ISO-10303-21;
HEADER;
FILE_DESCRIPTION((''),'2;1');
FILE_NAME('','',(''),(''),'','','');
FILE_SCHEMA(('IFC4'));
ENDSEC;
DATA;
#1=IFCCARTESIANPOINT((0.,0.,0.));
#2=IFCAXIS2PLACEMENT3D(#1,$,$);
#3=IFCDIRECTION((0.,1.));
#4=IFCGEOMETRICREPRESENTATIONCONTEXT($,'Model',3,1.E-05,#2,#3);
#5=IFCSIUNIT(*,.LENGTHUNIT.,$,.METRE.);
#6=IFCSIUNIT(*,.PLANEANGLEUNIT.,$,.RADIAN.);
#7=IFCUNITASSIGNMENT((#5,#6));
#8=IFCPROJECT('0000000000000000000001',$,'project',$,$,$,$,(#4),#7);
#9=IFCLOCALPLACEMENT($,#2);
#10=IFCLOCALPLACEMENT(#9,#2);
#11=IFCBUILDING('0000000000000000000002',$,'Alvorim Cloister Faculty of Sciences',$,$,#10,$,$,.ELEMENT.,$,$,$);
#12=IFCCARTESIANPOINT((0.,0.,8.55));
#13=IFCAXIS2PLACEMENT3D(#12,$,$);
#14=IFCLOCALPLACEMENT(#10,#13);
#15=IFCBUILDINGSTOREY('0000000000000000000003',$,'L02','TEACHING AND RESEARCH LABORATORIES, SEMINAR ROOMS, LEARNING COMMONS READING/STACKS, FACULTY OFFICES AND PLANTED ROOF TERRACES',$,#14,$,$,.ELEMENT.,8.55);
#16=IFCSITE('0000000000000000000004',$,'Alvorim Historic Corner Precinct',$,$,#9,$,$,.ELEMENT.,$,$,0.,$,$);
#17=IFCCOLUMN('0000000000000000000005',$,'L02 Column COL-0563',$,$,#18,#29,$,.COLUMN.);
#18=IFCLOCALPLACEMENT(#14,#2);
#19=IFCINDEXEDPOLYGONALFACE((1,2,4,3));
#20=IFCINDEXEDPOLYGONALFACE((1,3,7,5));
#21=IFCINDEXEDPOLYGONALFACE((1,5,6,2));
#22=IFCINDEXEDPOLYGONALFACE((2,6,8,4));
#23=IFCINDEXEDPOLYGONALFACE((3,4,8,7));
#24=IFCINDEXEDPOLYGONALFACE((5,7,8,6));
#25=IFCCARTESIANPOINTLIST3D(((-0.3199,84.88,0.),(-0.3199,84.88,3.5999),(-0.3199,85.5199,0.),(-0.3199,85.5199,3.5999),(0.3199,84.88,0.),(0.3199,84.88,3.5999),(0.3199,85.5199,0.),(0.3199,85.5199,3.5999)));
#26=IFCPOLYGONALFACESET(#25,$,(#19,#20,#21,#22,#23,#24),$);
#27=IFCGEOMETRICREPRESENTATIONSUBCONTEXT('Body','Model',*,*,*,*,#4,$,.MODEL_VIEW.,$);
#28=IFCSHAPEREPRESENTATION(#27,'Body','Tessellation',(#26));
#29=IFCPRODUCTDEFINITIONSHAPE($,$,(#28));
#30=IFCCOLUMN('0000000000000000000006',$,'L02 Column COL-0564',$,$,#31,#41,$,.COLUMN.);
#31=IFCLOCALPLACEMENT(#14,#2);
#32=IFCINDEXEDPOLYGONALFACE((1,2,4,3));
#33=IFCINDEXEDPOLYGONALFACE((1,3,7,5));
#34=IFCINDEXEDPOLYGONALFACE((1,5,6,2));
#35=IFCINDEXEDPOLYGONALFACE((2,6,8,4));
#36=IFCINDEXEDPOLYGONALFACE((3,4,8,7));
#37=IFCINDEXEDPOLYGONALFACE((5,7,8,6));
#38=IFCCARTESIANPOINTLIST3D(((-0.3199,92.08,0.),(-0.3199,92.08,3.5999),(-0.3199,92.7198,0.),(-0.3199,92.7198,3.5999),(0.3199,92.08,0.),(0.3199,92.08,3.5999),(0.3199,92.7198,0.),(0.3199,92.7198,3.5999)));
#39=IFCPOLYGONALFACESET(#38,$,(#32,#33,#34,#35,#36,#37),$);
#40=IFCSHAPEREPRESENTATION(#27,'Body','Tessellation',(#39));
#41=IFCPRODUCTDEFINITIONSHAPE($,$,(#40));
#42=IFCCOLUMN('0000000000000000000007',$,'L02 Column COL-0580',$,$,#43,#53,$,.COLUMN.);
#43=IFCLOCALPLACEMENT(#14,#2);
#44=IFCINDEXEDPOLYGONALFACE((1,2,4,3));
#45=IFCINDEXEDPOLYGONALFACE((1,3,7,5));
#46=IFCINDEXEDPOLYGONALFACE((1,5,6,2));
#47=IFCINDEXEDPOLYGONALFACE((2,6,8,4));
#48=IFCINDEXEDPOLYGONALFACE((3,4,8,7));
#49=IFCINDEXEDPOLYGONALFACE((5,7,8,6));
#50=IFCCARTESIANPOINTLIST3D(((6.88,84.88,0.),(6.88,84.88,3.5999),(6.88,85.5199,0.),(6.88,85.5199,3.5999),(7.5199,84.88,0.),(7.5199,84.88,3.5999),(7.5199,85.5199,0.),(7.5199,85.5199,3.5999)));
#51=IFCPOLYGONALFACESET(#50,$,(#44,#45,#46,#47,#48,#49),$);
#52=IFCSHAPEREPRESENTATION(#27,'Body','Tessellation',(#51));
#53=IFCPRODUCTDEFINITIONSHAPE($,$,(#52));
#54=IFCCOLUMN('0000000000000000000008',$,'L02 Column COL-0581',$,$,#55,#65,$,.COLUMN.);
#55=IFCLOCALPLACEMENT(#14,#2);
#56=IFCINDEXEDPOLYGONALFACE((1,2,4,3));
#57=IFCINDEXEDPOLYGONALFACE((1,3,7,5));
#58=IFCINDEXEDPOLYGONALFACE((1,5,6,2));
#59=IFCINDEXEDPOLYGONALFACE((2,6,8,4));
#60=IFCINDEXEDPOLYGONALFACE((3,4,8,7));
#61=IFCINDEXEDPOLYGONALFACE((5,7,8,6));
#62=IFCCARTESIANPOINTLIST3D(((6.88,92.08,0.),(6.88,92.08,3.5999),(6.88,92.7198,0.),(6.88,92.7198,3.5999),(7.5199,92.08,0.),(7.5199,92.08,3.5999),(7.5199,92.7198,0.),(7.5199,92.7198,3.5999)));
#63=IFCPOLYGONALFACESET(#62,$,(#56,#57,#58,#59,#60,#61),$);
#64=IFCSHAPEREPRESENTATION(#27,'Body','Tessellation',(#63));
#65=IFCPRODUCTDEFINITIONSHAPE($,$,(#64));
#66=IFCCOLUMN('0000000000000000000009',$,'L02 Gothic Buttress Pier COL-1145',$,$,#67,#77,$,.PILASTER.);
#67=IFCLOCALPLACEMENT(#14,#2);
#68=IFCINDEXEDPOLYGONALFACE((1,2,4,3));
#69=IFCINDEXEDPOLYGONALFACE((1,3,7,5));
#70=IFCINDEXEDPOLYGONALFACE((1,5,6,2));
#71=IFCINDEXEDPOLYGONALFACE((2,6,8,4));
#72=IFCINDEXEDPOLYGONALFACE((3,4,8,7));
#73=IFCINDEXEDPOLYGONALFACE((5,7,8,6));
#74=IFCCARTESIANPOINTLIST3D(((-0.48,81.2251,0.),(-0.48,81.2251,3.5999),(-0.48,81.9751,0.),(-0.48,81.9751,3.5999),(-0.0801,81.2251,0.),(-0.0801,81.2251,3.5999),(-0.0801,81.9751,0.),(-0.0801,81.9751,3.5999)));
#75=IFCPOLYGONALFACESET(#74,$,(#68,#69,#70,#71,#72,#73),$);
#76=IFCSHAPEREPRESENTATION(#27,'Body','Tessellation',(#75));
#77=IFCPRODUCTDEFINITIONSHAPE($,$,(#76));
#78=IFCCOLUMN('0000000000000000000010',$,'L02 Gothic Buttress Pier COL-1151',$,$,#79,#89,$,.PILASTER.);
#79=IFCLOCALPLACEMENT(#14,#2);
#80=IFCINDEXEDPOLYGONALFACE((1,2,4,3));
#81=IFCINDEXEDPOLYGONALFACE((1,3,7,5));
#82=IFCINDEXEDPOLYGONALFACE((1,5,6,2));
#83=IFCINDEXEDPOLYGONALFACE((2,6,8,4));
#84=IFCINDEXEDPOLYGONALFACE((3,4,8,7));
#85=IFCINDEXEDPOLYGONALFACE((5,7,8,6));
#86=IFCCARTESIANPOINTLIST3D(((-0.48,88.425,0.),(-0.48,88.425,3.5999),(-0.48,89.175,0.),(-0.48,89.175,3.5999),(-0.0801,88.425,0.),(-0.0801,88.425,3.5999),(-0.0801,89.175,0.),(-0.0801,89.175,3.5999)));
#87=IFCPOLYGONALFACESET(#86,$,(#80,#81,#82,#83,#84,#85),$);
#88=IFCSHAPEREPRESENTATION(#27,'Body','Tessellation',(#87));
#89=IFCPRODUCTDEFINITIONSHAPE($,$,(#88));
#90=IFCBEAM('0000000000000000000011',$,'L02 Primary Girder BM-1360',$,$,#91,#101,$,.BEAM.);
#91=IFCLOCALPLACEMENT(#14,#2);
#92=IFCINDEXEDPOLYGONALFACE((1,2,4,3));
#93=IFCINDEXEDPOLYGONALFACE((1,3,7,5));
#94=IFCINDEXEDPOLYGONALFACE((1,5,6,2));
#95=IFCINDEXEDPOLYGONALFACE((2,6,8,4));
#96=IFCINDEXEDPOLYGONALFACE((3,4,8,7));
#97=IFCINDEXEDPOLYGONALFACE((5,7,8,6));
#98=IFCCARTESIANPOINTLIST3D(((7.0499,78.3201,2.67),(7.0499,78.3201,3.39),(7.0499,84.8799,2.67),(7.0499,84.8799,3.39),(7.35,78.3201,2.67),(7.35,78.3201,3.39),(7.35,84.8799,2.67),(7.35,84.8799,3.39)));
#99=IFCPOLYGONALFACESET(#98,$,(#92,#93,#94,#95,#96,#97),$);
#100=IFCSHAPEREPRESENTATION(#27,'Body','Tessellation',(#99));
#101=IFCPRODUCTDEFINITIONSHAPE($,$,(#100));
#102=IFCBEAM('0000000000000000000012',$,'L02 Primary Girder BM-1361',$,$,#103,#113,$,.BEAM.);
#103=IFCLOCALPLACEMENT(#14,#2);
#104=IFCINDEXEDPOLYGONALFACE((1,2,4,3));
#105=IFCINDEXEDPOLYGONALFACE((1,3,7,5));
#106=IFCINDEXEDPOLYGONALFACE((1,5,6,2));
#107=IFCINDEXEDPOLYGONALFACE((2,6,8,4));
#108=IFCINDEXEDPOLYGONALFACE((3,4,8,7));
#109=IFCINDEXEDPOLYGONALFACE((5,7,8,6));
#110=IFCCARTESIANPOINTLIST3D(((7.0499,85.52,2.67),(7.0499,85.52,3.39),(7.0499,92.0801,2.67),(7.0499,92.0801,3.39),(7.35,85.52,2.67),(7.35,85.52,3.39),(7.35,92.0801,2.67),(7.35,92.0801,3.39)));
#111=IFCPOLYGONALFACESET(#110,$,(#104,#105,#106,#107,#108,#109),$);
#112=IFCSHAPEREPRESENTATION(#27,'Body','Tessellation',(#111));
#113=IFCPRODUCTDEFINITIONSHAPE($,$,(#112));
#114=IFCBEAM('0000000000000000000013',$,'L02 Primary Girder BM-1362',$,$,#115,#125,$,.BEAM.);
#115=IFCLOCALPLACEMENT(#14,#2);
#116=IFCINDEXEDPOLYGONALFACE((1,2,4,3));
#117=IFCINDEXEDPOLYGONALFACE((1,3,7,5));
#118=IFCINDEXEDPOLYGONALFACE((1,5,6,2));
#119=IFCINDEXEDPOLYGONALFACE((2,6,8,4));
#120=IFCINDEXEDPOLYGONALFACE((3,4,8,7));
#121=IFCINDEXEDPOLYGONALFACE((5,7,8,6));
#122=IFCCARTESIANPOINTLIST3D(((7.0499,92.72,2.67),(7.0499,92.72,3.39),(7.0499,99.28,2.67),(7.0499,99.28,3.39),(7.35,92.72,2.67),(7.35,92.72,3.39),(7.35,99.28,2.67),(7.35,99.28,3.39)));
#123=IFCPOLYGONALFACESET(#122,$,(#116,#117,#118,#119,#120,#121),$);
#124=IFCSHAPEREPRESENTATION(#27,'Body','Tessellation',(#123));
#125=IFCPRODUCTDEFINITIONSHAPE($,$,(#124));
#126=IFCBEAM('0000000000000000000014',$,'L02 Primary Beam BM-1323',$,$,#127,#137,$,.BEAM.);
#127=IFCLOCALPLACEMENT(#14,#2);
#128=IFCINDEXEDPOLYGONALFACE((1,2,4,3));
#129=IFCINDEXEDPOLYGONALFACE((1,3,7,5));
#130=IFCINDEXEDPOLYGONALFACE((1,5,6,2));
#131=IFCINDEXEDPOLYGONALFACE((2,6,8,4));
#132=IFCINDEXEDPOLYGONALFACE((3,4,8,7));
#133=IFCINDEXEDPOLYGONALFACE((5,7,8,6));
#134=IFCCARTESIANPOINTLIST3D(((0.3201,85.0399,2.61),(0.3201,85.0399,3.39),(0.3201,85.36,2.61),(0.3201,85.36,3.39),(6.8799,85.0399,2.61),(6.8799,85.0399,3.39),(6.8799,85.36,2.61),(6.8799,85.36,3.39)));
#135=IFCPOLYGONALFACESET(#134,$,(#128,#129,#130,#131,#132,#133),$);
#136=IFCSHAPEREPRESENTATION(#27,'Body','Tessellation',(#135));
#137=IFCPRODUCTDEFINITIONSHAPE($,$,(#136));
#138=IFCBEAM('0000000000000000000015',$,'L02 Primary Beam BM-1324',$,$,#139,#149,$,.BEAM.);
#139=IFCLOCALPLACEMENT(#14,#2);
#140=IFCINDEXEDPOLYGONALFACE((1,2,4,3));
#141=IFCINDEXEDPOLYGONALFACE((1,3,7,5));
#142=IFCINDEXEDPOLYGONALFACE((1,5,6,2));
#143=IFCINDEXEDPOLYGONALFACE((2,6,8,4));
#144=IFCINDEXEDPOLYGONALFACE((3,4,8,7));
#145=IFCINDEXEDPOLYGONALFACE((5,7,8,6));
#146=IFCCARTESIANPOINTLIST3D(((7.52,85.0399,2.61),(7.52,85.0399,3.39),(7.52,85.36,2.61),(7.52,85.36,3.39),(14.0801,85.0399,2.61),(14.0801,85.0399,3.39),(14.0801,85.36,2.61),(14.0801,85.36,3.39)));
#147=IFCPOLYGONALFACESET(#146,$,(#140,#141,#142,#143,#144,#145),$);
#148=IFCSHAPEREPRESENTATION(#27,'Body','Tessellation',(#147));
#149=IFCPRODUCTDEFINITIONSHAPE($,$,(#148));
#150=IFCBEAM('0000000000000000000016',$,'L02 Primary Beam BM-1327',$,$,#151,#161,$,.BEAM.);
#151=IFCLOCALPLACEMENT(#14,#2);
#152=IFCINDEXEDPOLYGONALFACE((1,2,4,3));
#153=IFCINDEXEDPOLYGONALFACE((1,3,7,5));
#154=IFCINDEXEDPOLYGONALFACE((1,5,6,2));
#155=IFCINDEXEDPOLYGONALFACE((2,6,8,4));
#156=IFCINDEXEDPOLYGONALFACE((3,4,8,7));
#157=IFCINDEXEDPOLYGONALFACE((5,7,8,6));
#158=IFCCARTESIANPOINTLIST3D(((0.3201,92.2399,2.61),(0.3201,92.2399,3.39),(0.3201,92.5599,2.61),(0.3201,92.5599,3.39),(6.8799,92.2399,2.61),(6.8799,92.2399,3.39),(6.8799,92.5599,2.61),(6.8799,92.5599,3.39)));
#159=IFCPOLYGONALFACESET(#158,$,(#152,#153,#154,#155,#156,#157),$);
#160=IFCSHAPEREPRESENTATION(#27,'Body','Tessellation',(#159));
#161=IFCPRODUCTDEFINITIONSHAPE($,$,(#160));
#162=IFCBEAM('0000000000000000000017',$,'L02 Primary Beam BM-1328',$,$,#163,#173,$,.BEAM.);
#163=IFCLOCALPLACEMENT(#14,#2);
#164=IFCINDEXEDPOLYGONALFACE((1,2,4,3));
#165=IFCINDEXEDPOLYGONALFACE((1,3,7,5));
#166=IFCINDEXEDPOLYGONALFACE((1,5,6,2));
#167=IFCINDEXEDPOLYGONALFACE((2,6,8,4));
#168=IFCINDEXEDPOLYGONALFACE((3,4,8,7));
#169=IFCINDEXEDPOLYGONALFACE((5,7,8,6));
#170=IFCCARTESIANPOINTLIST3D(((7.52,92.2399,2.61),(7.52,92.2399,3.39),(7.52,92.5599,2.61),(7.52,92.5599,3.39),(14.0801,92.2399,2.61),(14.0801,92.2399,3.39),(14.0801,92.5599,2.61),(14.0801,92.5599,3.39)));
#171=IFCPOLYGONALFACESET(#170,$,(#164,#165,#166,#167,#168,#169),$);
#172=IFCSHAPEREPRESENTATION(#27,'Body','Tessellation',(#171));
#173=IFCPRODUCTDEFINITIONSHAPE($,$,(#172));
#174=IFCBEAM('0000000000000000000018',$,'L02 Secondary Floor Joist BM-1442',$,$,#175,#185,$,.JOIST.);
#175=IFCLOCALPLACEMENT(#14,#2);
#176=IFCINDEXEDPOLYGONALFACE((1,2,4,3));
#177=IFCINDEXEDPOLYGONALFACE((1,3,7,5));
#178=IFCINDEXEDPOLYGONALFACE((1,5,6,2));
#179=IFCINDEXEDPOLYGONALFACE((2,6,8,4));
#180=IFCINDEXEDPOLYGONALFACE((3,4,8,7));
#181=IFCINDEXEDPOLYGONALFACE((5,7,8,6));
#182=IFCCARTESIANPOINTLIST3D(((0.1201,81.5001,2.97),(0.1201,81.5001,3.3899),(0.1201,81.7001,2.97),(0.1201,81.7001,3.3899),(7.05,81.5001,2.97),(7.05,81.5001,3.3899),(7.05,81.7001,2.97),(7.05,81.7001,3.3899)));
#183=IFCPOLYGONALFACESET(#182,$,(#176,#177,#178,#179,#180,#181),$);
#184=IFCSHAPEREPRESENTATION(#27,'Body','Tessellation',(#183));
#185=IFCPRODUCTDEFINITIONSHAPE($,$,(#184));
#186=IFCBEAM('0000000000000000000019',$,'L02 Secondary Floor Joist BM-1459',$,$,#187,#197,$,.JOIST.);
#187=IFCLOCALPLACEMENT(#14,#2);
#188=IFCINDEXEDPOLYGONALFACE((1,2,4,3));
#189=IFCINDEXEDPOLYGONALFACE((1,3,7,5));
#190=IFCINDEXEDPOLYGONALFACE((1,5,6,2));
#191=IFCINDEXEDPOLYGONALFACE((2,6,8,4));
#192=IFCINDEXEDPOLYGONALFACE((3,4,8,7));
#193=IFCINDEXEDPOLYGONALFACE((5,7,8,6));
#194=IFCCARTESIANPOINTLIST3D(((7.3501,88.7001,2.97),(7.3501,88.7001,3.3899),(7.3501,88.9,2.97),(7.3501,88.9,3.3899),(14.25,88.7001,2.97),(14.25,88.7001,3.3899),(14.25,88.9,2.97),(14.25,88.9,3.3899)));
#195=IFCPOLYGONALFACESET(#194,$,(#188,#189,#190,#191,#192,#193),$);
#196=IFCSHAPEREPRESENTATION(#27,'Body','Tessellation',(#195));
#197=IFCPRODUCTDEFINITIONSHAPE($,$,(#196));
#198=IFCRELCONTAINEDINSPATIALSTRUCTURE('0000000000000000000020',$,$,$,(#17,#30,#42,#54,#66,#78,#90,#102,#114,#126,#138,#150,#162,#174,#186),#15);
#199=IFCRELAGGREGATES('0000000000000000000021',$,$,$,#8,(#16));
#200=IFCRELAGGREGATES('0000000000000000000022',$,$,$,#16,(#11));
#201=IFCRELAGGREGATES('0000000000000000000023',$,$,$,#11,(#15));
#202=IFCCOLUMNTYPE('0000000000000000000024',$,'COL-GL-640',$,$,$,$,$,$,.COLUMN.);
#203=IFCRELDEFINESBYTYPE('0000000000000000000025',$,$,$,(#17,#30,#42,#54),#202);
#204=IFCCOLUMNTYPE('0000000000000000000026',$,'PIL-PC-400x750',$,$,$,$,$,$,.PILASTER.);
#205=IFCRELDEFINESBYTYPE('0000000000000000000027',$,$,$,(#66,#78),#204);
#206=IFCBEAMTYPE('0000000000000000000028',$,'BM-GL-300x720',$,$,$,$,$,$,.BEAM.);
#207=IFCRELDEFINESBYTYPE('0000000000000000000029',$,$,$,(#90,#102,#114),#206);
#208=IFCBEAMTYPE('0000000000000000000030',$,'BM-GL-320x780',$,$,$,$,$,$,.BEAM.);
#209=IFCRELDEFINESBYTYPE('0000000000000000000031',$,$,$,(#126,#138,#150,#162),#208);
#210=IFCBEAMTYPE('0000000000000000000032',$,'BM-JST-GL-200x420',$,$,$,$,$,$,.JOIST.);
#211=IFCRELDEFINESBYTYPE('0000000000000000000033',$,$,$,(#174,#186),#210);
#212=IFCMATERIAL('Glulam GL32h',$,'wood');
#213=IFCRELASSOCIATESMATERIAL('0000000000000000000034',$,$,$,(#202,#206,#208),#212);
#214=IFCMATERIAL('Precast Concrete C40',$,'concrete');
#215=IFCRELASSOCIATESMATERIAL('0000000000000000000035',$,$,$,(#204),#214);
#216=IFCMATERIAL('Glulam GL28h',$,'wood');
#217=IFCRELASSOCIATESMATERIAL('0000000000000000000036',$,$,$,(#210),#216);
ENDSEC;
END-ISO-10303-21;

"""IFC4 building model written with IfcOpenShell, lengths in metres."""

from ifc_helpers import new_model, si_unit, direction, frame, origin, origin_2d, place, context, subcontext, project, spatial, rectangle, extrude, material, material_profile, profile_set, type_object, element, save


model = new_model("IFC4")

# Units and contexts
model_context = context("Model", 3, precision=1e-05, world=origin(), true_north=direction((0.0, 1.0)))
body_context = subcontext(model_context, "Body", "Model", "MODEL_VIEW")
ifc_project = project(units=[si_unit("LENGTHUNIT", "METRE"), si_unit("PLANEANGLEUNIT", "RADIAN")], contexts=[model_context])

# Site, building, storey
site_placement = place(None, origin())
site = spatial("IfcSite", under=ifc_project, at=site_placement, Name="Alvorim Historic Corner Precinct", CompositionType="ELEMENT", RefElevation=0.0)
building_placement = place(site_placement, origin())
building = spatial("IfcBuilding", under=site, at=building_placement, Name="Alvorim Cloister Faculty of Sciences", CompositionType="ELEMENT")
storey_placement = place(building_placement, frame((0.0, 0.0, 8.55)))
storey = spatial("IfcBuildingStorey", under=building, at=storey_placement, Name="L02", Description="TEACHING AND RESEARCH LABORATORIES, SEMINAR ROOMS, LEARNING COMMONS READING/STACKS, FACULTY OFFICES AND PLANTED ROOF TERRACES", CompositionType="ELEMENT", Elevation=8.55)

# Columns
ifc_material_1 = material(Name="Glulam GL32h", Category="wood")
ifc_material_profile_1 = material_profile(ifc_material_1, rectangle(XDim=0.6399, YDim=0.6399, at=origin_2d()), Name="GL32-COL-640x640")
ifc_profile_set_1 = profile_set([ifc_material_profile_1], Name="Glulam GL32h")
column_type_1 = type_object("IfcColumnType", Name="COL-GL-640", PredefinedType="COLUMN", material=ifc_profile_set_1)
for number, where, z_axis, x_axis, name in (
    (1, (0.0, 85.2, 0.0), (0.0, 0.0, 1.0), (1.0, 0.0, 0.0), "L02 Column COL-0563"),
    (2, (0.0, 92.3999, 0.0), (0.0, 0.0, 1.0), (1.0, 0.0, 0.0), "L02 Column COL-0564"),
    (3, (7.2, 85.2, 0.0), (0.0, 0.0, 1.0), (1.0, 0.0, 0.0), "L02 Column COL-0580"),
    (4, (7.2, 92.3999, 0.0), (0.0, 0.0, 1.0), (1.0, 0.0, 0.0), "L02 Column COL-0581"),
):
    element("IfcColumn", number, at=place(storey_placement, frame(where, z_axis=z_axis, x_axis=x_axis)), inside=storey, type_object=column_type_1, Name=name, PredefinedType="COLUMN", context=body_context, shape_type="SweptSolid", body=[
        extrude(rectangle(XDim=0.6399, YDim=0.6399, at=origin_2d()), origin(), (0.0, 0.0, 1.0), 3.5999),
    ])
ifc_material_2 = material(Name="Precast Concrete C40", Category="concrete")
ifc_material_profile_2 = material_profile(ifc_material_2, rectangle(XDim=0.3999, YDim=0.75, at=origin_2d()), Name="RC40-PIL-400x750")
ifc_profile_set_2 = profile_set([ifc_material_profile_2], Name="Precast Concrete C40")
column_type_2 = type_object("IfcColumnType", Name="PIL-PC-400x750", PredefinedType="PILASTER", material=ifc_profile_set_2)
for number, where, z_axis, x_axis, name in (
    (5, (-0.28, 81.6001, 0.0), (0.0, 0.0, 1.0), (1.0, 0.0, 0.0), "L02 Gothic Buttress Pier COL-1145"),
    (6, (-0.28, 88.8, 0.0), (0.0, 0.0, 1.0), (1.0, 0.0, 0.0), "L02 Gothic Buttress Pier COL-1151"),
):
    element("IfcColumn", number, at=place(storey_placement, frame(where, z_axis=z_axis, x_axis=x_axis)), inside=storey, type_object=column_type_2, Name=name, PredefinedType="PILASTER", context=body_context, shape_type="SweptSolid", body=[
        extrude(rectangle(XDim=0.3999, YDim=0.75, at=origin_2d()), origin(), (0.0, 0.0, 1.0), 3.5999),
    ])

# Beams
ifc_material_profile_3 = material_profile(ifc_material_1, rectangle(XDim=0.3, YDim=0.72, at=origin_2d()), Name="GL32-BM-300x720")
ifc_profile_set_3 = profile_set([ifc_material_profile_3], Name="Glulam GL32h")
beam_type_1 = type_object("IfcBeamType", Name="BM-GL-300x720", PredefinedType="BEAM", material=ifc_profile_set_3)
beam_1_placement = place(storey_placement, frame((7.2, 78.3201, 3.03), z_axis=(0.0, 1.0, 0.0), x_axis=(-1.0, 0.0, 0.0)))
element("IfcBeam", 7, at=beam_1_placement, inside=storey, type_object=beam_type_1, Name="L02 Primary Girder BM-1360", PredefinedType="BEAM", context=body_context, shape_type="SweptSolid", body=[
    extrude(rectangle(XDim=0.3, YDim=0.72, at=origin_2d()), origin(), (0.0, 0.0, 1.0), 6.5598),
])
for number, where, z_axis, x_axis, name in (
    (8, (7.2, 85.52, 3.03), (0.0, 1.0, 0.0), (-1.0, 0.0, 0.0), "L02 Primary Girder BM-1361"),
    (9, (7.2, 92.72, 3.03), (0.0, 1.0, 0.0), (-1.0, 0.0, 0.0), "L02 Primary Girder BM-1362"),
):
    element("IfcBeam", number, at=place(storey_placement, frame(where, z_axis=z_axis, x_axis=x_axis)), inside=storey, type_object=beam_type_1, Name=name, PredefinedType="BEAM", context=body_context, shape_type="SweptSolid", body=[
        extrude(rectangle(XDim=0.3, YDim=0.72, at=origin_2d()), origin(), (0.0, 0.0, 1.0), 6.5601),
    ])
ifc_material_profile_4 = material_profile(ifc_material_1, rectangle(XDim=0.3201, YDim=0.78, at=origin_2d()), Name="GL32-BM-320x780")
ifc_profile_set_4 = profile_set([ifc_material_profile_4], Name="Glulam GL32h")
beam_type_2 = type_object("IfcBeamType", Name="BM-GL-320x780", PredefinedType="BEAM", material=ifc_profile_set_4)
beam_2_placement = place(storey_placement, frame((0.3201, 85.2, 3.0), z_axis=(1.0, 0.0, 0.0), x_axis=(0.0, 1.0, 0.0)))
element("IfcBeam", 10, at=beam_2_placement, inside=storey, type_object=beam_type_2, Name="L02 Primary Beam BM-1323", PredefinedType="BEAM", context=body_context, shape_type="SweptSolid", body=[
    extrude(rectangle(XDim=0.3201, YDim=0.78, at=origin_2d()), origin(), (0.0, 0.0, 1.0), 6.5598),
])
beam_3_placement = place(storey_placement, frame((7.52, 85.2, 3.0), z_axis=(1.0, 0.0, 0.0), x_axis=(0.0, 1.0, 0.0)))
element("IfcBeam", 11, at=beam_3_placement, inside=storey, type_object=beam_type_2, Name="L02 Primary Beam BM-1324", PredefinedType="BEAM", context=body_context, shape_type="SweptSolid", body=[
    extrude(rectangle(XDim=0.3201, YDim=0.78, at=origin_2d()), origin(), (0.0, 0.0, 1.0), 6.5601),
])
beam_4_placement = place(storey_placement, frame((0.3201, 92.3999, 3.0), z_axis=(1.0, 0.0, 0.0), x_axis=(0.0, 1.0, 0.0)))
element("IfcBeam", 12, at=beam_4_placement, inside=storey, type_object=beam_type_2, Name="L02 Primary Beam BM-1327", PredefinedType="BEAM", context=body_context, shape_type="SweptSolid", body=[
    extrude(rectangle(XDim=0.3201, YDim=0.78, at=origin_2d()), origin(), (0.0, 0.0, 1.0), 6.5598),
])
beam_5_placement = place(storey_placement, frame((7.52, 92.3999, 3.0), z_axis=(1.0, 0.0, 0.0), x_axis=(0.0, 1.0, 0.0)))
element("IfcBeam", 13, at=beam_5_placement, inside=storey, type_object=beam_type_2, Name="L02 Primary Beam BM-1328", PredefinedType="BEAM", context=body_context, shape_type="SweptSolid", body=[
    extrude(rectangle(XDim=0.3201, YDim=0.78, at=origin_2d()), origin(), (0.0, 0.0, 1.0), 6.5601),
])
ifc_material_3 = material(Name="Glulam GL28h", Category="wood")
ifc_material_profile_5 = material_profile(ifc_material_3, rectangle(XDim=0.2, YDim=0.4199, at=origin_2d()), Name="GL28-JST-200x420")
ifc_profile_set_5 = profile_set([ifc_material_profile_5], Name="Glulam GL28h")
beam_type_3 = type_object("IfcBeamType", Name="BM-JST-GL-200x420", PredefinedType="JOIST", material=ifc_profile_set_5)
beam_6_placement = place(storey_placement, frame((0.1201, 81.6001, 3.1799), z_axis=(1.0, 0.0, 0.0), x_axis=(0.0, 1.0, 0.0)))
element("IfcBeam", 14, at=beam_6_placement, inside=storey, type_object=beam_type_3, Name="L02 Secondary Floor Joist BM-1442", PredefinedType="JOIST", context=body_context, shape_type="SweptSolid", body=[
    extrude(rectangle(XDim=0.2, YDim=0.4199, at=origin_2d()), origin(), (0.0, 0.0, 1.0), 6.9299),
])
beam_7_placement = place(storey_placement, frame((7.3501, 88.8, 3.1799), z_axis=(1.0, 0.0, 0.0), x_axis=(0.0, 1.0, 0.0)))
element("IfcBeam", 15, at=beam_7_placement, inside=storey, type_object=beam_type_3, Name="L02 Secondary Floor Joist BM-1459", PredefinedType="JOIST", context=body_context, shape_type="SweptSolid", body=[
    extrude(rectangle(XDim=0.2, YDim=0.4199, at=origin_2d()), origin(), (0.0, 0.0, 1.0), 6.8999),
])

save(model, "model.ifc")
